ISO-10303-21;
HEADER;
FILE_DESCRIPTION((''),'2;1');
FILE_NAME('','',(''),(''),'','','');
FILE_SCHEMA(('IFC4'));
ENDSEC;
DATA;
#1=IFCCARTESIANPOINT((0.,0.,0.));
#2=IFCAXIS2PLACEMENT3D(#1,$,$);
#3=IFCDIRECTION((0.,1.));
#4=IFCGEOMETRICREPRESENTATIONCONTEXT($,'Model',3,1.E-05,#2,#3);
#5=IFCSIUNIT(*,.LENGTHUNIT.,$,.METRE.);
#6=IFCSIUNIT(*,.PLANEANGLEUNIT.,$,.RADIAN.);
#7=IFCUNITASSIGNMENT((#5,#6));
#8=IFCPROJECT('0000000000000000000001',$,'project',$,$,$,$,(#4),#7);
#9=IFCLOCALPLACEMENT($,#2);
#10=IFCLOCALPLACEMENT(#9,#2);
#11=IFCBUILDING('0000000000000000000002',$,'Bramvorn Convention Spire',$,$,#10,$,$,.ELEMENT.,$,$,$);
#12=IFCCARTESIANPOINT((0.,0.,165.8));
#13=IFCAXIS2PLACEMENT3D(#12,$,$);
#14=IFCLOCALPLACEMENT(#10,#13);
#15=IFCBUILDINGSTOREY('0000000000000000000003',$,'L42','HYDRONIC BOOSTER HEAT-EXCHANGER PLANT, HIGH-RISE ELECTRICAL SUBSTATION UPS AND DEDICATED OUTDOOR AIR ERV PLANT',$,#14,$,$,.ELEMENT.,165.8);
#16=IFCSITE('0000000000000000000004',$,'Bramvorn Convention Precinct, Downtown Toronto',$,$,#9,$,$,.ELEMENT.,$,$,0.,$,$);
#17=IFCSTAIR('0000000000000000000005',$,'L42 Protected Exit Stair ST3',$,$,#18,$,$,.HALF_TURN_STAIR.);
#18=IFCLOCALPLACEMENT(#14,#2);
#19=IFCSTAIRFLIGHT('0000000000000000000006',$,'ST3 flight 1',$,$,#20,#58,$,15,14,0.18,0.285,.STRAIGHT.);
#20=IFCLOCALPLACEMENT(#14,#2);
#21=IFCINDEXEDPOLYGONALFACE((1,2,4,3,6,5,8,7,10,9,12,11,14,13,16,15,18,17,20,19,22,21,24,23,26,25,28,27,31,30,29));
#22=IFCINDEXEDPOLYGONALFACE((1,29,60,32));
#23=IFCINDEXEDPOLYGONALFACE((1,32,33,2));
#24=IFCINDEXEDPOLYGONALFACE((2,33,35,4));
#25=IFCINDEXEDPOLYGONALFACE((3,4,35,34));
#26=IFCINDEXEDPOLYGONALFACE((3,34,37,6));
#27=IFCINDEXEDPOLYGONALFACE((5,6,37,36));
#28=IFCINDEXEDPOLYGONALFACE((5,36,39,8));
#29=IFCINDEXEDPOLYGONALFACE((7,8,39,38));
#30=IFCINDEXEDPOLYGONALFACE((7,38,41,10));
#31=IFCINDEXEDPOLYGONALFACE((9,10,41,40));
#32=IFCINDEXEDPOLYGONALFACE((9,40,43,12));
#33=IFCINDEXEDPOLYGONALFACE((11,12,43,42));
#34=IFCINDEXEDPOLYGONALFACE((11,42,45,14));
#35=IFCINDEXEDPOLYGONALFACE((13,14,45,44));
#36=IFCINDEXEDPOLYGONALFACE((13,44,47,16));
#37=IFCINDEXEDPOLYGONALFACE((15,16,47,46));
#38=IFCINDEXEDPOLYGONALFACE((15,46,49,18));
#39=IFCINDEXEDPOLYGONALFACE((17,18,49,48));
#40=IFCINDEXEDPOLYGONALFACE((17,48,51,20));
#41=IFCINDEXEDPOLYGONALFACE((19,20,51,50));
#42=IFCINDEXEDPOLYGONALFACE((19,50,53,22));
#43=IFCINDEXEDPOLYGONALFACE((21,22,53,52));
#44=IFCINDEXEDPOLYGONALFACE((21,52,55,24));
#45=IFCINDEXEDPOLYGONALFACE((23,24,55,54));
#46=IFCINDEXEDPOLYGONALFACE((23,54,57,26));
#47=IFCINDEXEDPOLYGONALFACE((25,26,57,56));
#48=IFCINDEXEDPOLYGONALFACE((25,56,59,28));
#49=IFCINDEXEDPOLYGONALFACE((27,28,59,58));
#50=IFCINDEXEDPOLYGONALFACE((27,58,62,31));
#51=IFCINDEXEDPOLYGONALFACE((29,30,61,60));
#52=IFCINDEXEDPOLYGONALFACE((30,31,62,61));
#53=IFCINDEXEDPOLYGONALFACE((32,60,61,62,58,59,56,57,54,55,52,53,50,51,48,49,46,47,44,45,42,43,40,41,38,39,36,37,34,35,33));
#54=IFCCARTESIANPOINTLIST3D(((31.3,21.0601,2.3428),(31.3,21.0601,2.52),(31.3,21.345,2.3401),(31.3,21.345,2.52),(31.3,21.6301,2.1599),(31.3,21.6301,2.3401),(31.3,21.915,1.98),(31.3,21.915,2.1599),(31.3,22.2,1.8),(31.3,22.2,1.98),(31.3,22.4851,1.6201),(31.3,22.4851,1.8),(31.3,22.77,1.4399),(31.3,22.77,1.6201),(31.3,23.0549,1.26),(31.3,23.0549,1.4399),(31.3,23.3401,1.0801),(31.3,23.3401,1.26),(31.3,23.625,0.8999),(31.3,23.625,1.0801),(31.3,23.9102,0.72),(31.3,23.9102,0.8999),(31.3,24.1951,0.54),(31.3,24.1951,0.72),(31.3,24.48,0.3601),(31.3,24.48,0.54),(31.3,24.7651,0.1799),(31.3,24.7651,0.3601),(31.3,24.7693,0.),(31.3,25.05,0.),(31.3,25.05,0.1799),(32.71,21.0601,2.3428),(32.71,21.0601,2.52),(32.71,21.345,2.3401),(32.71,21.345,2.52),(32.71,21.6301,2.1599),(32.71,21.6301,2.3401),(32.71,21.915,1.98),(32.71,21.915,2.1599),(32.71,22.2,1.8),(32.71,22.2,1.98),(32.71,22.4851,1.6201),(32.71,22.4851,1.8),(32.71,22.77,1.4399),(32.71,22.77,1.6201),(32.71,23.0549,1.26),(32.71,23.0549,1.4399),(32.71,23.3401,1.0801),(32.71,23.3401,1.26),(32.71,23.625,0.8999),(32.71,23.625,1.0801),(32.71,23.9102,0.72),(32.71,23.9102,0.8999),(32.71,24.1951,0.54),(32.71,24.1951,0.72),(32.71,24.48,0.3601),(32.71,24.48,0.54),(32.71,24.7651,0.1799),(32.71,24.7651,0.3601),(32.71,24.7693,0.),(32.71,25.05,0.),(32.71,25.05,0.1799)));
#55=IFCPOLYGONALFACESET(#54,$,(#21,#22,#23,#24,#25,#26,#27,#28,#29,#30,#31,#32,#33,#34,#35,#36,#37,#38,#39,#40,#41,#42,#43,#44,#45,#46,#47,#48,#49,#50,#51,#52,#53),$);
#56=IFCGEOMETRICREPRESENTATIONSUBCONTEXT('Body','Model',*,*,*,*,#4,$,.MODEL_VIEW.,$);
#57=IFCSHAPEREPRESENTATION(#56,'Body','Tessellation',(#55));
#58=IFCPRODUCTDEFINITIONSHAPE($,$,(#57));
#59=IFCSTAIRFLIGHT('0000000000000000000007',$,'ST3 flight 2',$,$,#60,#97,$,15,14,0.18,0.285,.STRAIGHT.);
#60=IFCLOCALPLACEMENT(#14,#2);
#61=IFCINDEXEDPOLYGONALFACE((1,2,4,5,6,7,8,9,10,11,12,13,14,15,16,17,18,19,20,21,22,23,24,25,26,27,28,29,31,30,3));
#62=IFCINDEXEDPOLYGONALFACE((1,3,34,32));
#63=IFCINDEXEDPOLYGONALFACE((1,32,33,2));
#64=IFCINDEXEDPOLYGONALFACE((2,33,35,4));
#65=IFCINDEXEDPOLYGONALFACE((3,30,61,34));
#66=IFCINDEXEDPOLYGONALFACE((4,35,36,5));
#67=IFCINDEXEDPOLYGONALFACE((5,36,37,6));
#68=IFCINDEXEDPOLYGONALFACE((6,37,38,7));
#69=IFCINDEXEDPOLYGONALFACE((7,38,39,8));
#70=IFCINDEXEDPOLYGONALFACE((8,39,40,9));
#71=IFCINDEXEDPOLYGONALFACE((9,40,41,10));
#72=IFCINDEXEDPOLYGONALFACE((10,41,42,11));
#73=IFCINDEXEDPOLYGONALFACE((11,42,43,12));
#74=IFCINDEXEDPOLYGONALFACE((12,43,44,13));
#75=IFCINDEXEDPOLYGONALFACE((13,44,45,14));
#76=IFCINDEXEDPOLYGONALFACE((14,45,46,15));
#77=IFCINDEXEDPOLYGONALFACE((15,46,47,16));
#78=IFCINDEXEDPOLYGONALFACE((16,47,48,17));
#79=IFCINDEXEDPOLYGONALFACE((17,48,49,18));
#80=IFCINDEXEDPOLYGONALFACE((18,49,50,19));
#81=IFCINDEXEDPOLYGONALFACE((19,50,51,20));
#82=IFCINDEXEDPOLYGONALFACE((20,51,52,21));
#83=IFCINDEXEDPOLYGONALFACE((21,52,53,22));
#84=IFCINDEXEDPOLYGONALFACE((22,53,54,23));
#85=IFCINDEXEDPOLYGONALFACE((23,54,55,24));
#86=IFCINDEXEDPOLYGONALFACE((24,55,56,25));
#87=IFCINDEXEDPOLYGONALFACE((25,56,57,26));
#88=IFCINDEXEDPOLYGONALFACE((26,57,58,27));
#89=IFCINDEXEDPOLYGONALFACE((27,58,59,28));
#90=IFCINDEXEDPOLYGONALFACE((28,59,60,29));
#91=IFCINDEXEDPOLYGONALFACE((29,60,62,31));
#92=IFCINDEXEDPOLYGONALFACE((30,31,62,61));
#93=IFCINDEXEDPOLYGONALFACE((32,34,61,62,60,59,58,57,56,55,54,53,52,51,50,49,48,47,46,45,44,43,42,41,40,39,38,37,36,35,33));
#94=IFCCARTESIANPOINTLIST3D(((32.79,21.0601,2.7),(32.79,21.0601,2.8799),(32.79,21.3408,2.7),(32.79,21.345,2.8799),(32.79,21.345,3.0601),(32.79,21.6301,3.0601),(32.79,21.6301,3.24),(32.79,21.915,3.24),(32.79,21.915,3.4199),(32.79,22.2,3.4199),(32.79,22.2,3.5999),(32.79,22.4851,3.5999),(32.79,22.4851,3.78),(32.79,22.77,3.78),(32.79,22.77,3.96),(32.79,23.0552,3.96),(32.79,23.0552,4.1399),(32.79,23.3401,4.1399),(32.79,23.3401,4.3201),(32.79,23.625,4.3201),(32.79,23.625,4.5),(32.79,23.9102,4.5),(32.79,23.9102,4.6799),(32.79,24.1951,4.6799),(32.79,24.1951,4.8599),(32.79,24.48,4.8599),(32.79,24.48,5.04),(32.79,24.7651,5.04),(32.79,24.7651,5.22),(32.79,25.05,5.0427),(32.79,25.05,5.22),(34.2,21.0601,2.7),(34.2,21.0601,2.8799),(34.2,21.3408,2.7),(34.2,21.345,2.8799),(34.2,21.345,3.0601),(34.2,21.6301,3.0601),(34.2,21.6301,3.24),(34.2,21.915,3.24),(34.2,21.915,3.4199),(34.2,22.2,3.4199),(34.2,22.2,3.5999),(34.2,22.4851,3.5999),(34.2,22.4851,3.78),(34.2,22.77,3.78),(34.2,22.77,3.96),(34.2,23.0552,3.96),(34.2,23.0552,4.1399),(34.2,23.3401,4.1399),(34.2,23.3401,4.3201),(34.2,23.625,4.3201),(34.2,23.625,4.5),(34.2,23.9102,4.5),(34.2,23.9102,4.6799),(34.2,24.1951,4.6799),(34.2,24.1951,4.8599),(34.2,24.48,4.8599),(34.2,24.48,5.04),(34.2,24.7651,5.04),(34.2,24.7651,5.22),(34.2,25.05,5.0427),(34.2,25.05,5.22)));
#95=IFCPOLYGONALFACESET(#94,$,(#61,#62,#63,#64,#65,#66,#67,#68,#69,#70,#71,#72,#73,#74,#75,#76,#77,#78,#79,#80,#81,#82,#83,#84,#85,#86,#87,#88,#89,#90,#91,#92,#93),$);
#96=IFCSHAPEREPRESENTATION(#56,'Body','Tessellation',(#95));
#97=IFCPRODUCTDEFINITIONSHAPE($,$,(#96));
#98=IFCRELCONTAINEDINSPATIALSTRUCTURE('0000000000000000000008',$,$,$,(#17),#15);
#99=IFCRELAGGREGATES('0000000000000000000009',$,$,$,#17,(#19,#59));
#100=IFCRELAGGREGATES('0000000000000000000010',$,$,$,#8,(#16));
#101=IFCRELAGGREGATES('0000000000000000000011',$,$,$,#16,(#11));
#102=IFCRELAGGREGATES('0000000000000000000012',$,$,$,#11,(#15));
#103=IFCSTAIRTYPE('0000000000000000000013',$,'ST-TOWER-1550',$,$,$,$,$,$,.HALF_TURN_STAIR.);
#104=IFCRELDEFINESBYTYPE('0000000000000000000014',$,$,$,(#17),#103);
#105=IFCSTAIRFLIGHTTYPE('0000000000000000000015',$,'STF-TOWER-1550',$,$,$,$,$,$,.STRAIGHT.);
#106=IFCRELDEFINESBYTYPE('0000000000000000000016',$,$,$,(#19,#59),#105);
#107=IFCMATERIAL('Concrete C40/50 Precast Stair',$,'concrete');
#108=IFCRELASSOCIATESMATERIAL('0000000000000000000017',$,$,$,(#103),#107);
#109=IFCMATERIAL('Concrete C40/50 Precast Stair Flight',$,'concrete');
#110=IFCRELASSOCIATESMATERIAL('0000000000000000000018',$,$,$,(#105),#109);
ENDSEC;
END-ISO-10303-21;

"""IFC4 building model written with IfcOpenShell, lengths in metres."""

from ifc_helpers import new_model, si_unit, direction, frame, origin, place, context, subcontext, project, spatial, polyline, outline, extrude, material, type_object, element, aggregate, save


model = new_model("IFC4")

# Units and contexts
model_context = context("Model", 3, precision=1e-05, world=origin(), true_north=direction((0.0, 1.0)))
body_context = subcontext(model_context, "Body", "Model", "MODEL_VIEW")
ifc_project = project(units=[si_unit("LENGTHUNIT", "METRE"), si_unit("PLANEANGLEUNIT", "RADIAN")], contexts=[model_context])

# Site, building, storey
site_placement = place(None, origin())
site = spatial("IfcSite", under=ifc_project, at=site_placement, Name="Bramvorn Convention Precinct, Downtown Toronto", CompositionType="ELEMENT", RefElevation=0.0)
building_placement = place(site_placement, origin())
building = spatial("IfcBuilding", under=site, at=building_placement, Name="Bramvorn Convention Spire", CompositionType="ELEMENT")
storey_placement = place(building_placement, frame((0.0, 0.0, 165.8)))
storey = spatial("IfcBuildingStorey", under=building, at=storey_placement, Name="L42", Description="HYDRONIC BOOSTER HEAT-EXCHANGER PLANT, HIGH-RISE ELECTRICAL SUBSTATION UPS AND DEDICATED OUTDOOR AIR ERV PLANT", CompositionType="ELEMENT", Elevation=165.8)

# Stair, stair flights
ifc_material_1 = material(Name="Concrete C40/50 Precast Stair", Category="concrete")
stair_type = type_object("IfcStairType", Name="ST-TOWER-1550", PredefinedType="HALF_TURN_STAIR", material=ifc_material_1)
ifc_material_2 = material(Name="Concrete C40/50 Precast Stair Flight", Category="concrete")
stair_flight_type = type_object("IfcStairFlightType", Name="STF-TOWER-1550", PredefinedType="STRAIGHT", material=ifc_material_2)
stair_1_placement = place(storey_placement, origin())
stair_1 = element("IfcStair", 1, at=stair_1_placement, inside=storey, type_object=stair_type, Name="L42 Protected Exit Stair ST3", PredefinedType="HALF_TURN_STAIR")
stair_flight_1_placement = place(storey_placement, frame((32.0049, 25.05, 0.0), z_axis=(0.0, 0.0, 1.0), x_axis=(0.0, -1.0, 0.0)))
stair_flight_1 = element("IfcStairFlight", 2, at=stair_flight_1_placement, type_object=stair_flight_type, Name="ST3 flight 1", NumberOfRisers=15, NumberOfTreads=14, PredefinedType="STRAIGHT", RiserHeight=0.18, TreadLength=0.285, context=body_context, shape_type="SweptSolid", body=[
    extrude(outline(polyline([(0.0, 0.0), (0.0, 0.1799), (0.2849, 0.1799), (0.2849, 0.3601), (0.5701, 0.3601), (0.5701, 0.54), (0.855, 0.54), (0.855, 0.72), (1.1399, 0.72), (1.1399, 0.8999), (1.425, 0.8999), (1.425, 1.0801), (1.71, 1.0801), (1.71, 1.26), (1.9951, 1.26), (1.9951, 1.4399), (2.28, 1.4399), (2.28, 1.6201), (2.5649, 1.6201), (2.5649, 1.8), (2.8501, 1.8), (2.8501, 1.98), (3.135, 1.98), (3.135, 2.1599), (3.4199, 2.1599), (3.4199, 2.3401), (3.7051, 2.3401), (3.7051, 2.52), (3.99, 2.52), (3.99, 2.7), (3.99, 2.3428), (0.2808, 0.0), (0.0, 0.0)])), frame((0.0, 0.7051, 0.0), z_axis=(0.0, -1.0, 0.0), x_axis=(1.0, 0.0, 0.0)), (0.0, 0.0, 1.0), 1.4099),
])
stair_flight_2_placement = place(storey_placement, frame((33.4951, 21.0601, 2.7), z_axis=(0.0, 0.0, 1.0), x_axis=(0.0, 1.0, 0.0)))
stair_flight_2 = element("IfcStairFlight", 3, at=stair_flight_2_placement, type_object=stair_flight_type, Name="ST3 flight 2", NumberOfRisers=15, NumberOfTreads=14, PredefinedType="STRAIGHT", RiserHeight=0.18, TreadLength=0.285, context=body_context, shape_type="SweptSolid", body=[
    extrude(outline(polyline([(0.0, 0.0), (0.0, 0.1799), (0.2849, 0.1799), (0.2849, 0.3601), (0.5701, 0.3601), (0.5701, 0.54), (0.855, 0.54), (0.855, 0.72), (1.1399, 0.72), (1.1399, 0.8999), (1.425, 0.8999), (1.425, 1.0801), (1.71, 1.0801), (1.71, 1.26), (1.9951, 1.26), (1.9951, 1.4399), (2.28, 1.4399), (2.28, 1.6201), (2.5649, 1.6201), (2.5649, 1.8), (2.8501, 1.8), (2.8501, 1.98), (3.135, 1.98), (3.135, 2.1599), (3.4199, 2.1599), (3.4199, 2.3401), (3.7051, 2.3401), (3.7051, 2.52), (3.99, 2.52), (3.99, 2.7), (3.99, 2.3428), (0.2808, 0.0), (0.0, 0.0)])), frame((0.0, 0.7051, 0.0), z_axis=(0.0, -1.0, 0.0), x_axis=(1.0, 0.0, 0.0)), (0.0, 0.0, 1.0), 1.4099),
])
aggregate(stair_1, [stair_flight_1, stair_flight_2])

save(model, "model.ifc")
